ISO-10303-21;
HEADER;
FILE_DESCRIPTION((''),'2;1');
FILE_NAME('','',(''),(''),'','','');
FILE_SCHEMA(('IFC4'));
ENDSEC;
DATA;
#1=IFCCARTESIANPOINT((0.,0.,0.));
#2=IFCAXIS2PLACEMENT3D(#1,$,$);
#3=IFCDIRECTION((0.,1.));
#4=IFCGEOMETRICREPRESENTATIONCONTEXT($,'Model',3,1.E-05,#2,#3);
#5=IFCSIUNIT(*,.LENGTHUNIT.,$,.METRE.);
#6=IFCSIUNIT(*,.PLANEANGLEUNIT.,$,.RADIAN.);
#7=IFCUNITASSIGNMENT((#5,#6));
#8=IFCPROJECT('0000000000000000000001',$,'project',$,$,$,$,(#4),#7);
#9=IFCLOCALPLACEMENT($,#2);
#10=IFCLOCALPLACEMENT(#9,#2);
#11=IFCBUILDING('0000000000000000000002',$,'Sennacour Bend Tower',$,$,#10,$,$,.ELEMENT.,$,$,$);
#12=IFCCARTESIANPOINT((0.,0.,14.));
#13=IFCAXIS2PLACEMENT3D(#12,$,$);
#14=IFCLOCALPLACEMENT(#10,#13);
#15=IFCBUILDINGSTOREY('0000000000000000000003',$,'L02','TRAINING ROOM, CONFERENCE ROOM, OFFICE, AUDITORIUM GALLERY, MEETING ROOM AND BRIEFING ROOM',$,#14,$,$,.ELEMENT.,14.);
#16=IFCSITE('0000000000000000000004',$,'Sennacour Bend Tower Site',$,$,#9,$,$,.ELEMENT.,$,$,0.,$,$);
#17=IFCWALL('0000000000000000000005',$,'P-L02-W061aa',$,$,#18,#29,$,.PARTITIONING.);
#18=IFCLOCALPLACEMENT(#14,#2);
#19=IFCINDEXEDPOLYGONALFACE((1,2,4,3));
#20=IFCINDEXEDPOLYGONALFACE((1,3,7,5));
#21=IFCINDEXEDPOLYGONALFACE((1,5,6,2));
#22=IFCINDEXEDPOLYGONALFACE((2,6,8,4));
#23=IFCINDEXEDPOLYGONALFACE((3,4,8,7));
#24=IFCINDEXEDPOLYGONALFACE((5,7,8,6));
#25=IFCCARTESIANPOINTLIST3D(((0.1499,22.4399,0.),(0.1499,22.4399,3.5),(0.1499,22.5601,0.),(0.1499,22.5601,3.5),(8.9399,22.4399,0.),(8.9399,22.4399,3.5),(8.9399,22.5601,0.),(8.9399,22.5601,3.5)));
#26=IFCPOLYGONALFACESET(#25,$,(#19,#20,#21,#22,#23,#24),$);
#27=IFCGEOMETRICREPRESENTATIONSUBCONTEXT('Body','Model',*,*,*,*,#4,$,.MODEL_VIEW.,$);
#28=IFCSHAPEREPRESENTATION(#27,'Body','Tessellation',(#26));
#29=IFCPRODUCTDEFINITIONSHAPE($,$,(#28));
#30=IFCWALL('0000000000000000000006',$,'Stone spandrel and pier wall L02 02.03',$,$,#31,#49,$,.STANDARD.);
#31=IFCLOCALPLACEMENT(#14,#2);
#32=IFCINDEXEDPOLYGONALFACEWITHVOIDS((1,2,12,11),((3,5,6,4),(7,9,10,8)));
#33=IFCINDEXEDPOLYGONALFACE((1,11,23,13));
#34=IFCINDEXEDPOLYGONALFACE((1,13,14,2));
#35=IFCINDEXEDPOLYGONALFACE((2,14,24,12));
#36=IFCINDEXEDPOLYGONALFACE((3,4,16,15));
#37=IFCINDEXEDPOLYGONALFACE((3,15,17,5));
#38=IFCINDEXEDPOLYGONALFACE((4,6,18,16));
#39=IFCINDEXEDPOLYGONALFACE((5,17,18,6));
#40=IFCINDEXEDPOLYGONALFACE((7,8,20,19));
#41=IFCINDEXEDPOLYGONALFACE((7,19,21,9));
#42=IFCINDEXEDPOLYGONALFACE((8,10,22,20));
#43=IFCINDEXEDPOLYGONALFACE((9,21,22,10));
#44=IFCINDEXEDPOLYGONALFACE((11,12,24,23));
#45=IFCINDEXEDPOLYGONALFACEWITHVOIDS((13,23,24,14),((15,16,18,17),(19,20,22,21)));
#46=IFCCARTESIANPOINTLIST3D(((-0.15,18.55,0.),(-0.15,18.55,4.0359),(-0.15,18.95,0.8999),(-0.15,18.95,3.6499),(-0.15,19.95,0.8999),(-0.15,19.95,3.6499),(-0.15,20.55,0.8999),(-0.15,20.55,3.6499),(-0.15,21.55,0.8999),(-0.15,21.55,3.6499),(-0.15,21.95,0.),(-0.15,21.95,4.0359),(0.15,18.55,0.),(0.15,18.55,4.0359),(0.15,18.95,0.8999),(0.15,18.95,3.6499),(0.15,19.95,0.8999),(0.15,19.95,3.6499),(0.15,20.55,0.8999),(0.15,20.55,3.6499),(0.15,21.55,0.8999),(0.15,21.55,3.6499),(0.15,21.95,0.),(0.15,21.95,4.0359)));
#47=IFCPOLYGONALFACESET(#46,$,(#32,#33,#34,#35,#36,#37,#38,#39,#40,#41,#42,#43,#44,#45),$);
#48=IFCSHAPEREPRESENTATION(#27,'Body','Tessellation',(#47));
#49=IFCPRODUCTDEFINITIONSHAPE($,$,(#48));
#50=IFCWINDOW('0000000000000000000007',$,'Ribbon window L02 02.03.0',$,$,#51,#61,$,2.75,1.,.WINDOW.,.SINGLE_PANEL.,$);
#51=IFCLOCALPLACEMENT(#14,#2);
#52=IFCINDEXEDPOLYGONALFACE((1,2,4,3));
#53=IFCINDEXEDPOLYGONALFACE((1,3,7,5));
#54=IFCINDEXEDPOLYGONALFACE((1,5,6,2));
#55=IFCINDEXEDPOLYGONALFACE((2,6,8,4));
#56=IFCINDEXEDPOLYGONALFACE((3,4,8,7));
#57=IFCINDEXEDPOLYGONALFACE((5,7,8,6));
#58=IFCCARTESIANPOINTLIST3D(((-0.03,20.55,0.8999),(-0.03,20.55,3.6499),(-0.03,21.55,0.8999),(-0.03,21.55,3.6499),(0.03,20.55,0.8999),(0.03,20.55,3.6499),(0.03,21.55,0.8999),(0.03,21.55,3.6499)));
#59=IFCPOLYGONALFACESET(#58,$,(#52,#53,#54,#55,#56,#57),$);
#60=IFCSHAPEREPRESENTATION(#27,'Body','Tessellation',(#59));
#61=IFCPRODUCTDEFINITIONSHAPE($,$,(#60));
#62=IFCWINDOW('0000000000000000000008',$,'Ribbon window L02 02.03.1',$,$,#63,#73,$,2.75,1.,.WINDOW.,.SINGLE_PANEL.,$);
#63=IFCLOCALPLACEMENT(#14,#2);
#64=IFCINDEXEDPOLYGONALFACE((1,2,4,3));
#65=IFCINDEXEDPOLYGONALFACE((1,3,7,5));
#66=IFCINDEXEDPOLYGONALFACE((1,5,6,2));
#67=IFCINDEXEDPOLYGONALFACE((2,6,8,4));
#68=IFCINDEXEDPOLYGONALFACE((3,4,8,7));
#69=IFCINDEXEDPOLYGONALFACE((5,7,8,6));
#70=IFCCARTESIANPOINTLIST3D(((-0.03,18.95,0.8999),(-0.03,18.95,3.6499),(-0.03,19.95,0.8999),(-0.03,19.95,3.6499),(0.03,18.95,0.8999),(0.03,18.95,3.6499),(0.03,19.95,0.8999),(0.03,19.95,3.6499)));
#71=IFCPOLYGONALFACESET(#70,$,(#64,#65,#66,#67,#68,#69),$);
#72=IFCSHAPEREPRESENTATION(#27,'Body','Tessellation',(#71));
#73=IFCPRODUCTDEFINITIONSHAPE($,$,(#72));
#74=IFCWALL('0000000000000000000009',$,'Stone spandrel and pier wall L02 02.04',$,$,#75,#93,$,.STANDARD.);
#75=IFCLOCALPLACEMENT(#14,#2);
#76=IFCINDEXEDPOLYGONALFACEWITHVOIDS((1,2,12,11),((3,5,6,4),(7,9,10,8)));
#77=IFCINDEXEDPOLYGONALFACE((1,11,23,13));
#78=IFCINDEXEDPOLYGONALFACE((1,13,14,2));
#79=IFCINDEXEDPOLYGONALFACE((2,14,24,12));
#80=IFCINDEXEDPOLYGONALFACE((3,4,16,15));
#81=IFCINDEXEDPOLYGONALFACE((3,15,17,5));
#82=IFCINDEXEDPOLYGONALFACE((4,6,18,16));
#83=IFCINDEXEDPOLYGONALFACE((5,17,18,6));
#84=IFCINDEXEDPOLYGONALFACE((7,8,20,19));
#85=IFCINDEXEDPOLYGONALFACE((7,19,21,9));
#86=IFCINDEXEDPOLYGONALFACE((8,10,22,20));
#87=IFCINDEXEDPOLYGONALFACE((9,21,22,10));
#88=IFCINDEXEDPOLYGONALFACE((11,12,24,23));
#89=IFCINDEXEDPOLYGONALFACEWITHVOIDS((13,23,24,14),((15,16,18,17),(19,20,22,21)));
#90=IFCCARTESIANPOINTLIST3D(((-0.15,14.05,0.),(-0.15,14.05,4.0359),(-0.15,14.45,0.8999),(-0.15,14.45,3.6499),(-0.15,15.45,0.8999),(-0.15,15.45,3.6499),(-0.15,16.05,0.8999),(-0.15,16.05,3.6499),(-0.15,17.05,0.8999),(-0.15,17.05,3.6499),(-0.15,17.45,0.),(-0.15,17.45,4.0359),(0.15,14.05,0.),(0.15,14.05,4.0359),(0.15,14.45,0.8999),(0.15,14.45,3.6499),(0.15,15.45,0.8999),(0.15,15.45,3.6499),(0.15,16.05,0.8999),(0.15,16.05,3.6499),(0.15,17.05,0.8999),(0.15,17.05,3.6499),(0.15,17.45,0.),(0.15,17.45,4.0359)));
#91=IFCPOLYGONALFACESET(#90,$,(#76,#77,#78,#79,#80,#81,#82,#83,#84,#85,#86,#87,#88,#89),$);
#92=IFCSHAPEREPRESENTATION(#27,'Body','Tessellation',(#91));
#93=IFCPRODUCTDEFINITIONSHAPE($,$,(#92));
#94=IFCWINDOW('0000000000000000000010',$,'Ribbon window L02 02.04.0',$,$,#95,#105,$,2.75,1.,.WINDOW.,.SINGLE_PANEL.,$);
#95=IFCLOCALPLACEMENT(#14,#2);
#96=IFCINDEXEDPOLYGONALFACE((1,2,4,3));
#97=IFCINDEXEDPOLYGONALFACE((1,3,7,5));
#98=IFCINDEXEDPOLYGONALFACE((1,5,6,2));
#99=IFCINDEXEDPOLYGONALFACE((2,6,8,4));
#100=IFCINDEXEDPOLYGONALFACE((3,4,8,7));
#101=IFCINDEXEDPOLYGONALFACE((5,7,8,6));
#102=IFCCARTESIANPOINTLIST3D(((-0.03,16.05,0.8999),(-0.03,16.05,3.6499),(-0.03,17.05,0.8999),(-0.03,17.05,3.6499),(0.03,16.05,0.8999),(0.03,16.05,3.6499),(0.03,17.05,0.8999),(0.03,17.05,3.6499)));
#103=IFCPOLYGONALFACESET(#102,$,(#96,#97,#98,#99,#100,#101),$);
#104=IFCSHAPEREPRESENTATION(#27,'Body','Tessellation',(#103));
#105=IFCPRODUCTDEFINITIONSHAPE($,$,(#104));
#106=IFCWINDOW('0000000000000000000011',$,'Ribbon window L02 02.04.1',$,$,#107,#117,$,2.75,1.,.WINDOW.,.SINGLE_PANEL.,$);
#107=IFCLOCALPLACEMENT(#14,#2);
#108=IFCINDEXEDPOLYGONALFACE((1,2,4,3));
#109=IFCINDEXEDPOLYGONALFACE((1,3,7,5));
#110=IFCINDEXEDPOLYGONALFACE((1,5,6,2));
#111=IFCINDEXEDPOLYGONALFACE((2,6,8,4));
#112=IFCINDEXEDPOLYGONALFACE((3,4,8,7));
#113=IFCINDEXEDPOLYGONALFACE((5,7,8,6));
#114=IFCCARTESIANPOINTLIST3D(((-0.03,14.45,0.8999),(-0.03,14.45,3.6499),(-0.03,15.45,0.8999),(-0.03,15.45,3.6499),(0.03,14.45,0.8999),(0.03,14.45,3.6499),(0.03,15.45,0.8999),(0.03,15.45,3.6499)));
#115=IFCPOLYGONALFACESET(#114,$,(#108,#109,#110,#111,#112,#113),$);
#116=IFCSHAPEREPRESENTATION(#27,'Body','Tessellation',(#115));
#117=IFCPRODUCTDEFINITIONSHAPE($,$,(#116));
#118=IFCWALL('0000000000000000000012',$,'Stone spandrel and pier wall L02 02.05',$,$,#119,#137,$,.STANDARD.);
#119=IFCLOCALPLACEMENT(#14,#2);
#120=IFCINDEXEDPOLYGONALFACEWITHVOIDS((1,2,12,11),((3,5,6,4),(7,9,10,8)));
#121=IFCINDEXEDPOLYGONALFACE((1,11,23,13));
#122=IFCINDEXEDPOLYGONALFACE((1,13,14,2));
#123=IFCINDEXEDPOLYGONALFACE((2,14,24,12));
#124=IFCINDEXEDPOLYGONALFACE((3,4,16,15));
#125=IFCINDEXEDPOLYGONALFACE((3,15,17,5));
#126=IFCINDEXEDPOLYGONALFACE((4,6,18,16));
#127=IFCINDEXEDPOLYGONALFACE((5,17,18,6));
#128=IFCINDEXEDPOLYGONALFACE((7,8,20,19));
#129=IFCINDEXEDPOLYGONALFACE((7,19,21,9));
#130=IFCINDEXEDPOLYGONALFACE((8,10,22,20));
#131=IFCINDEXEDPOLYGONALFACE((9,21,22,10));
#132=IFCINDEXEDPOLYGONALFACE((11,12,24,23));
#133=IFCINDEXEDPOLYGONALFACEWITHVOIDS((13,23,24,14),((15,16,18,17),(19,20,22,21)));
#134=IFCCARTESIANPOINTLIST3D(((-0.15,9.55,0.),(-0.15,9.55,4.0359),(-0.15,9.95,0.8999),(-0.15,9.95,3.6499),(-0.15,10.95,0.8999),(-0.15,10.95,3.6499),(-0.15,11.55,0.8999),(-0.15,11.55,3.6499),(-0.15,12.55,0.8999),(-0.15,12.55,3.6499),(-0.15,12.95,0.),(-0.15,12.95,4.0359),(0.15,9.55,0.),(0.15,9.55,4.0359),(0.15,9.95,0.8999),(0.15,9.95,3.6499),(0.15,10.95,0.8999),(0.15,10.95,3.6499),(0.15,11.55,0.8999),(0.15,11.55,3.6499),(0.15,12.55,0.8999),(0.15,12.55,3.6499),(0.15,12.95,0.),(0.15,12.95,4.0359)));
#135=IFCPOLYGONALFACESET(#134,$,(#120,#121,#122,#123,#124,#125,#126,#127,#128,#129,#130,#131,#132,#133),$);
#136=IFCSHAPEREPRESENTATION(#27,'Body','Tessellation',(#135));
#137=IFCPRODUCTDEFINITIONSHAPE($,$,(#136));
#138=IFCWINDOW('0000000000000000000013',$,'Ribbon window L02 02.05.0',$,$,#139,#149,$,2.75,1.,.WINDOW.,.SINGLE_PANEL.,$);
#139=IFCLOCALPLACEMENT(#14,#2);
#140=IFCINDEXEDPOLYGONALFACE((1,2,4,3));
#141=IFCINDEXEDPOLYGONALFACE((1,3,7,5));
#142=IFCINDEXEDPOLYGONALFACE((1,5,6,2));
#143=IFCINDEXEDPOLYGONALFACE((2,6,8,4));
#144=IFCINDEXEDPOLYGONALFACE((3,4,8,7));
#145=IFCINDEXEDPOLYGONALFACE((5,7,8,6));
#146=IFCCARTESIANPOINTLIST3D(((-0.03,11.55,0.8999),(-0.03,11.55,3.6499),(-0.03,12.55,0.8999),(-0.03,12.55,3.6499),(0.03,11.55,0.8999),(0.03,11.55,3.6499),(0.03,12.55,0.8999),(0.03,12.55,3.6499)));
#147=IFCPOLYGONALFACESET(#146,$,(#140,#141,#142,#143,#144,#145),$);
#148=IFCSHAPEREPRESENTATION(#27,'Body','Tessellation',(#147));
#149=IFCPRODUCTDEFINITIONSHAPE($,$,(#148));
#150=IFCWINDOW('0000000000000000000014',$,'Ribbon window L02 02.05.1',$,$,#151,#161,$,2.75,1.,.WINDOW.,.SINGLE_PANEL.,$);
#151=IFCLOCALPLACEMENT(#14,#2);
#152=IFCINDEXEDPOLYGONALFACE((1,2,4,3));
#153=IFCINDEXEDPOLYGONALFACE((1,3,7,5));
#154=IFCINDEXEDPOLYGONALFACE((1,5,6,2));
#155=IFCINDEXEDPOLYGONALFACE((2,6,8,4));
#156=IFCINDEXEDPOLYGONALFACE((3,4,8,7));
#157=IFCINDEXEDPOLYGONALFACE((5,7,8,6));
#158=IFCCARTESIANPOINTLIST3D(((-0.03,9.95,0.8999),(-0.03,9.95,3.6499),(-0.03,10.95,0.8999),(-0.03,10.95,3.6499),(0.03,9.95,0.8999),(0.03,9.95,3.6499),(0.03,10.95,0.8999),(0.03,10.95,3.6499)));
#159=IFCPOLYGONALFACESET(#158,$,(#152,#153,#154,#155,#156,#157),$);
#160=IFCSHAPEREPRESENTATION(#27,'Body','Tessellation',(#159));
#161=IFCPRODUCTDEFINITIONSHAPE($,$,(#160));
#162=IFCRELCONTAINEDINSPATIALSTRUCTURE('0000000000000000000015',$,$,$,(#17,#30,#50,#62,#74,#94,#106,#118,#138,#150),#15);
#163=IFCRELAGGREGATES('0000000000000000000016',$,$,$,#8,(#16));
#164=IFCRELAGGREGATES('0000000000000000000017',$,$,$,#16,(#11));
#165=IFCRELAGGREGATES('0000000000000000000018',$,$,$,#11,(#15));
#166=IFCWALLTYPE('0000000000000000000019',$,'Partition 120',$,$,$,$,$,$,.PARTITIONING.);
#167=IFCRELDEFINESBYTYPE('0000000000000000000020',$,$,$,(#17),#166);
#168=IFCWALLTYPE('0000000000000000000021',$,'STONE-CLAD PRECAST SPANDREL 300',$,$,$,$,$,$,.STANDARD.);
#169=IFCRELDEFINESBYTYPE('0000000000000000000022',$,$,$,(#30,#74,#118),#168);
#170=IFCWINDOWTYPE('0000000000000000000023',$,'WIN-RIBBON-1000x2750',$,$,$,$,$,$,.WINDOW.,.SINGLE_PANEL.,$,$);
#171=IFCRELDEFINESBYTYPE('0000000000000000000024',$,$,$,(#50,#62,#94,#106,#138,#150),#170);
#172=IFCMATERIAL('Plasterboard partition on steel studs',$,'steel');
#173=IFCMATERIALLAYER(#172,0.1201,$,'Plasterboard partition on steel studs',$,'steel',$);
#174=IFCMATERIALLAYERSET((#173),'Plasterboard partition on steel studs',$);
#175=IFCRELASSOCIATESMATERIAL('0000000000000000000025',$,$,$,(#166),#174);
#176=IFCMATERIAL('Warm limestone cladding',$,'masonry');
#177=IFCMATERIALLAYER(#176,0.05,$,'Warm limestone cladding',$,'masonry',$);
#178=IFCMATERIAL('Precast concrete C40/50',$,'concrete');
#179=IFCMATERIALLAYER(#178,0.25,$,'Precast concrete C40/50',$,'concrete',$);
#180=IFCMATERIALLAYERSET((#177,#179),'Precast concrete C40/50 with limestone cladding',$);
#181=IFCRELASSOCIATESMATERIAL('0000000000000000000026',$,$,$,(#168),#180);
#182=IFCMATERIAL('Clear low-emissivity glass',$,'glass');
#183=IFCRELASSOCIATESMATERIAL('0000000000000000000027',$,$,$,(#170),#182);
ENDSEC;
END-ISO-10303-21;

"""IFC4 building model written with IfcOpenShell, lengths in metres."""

from ifc_helpers import new_model, si_unit, direction, frame, frame_2d, origin, place, context, subcontext, project, spatial, rectangle, extrude, material, layer, layer_set, type_object, element, fill, save


model = new_model("IFC4")

# Units and contexts
model_context = context("Model", 3, precision=1e-05, world=origin(), true_north=direction((0.0, 1.0)))
body_context = subcontext(model_context, "Body", "Model", "MODEL_VIEW")
ifc_project = project(units=[si_unit("LENGTHUNIT", "METRE"), si_unit("PLANEANGLEUNIT", "RADIAN")], contexts=[model_context])

# Site, building, storey
site_placement = place(None, origin())
site = spatial("IfcSite", under=ifc_project, at=site_placement, Name="Sennacour Bend Tower Site", CompositionType="ELEMENT", RefElevation=0.0)
building_placement = place(site_placement, origin())
building = spatial("IfcBuilding", under=site, at=building_placement, Name="Sennacour Bend Tower", CompositionType="ELEMENT")
storey_placement = place(building_placement, frame((0.0, 0.0, 14.0)))
storey = spatial("IfcBuildingStorey", under=building, at=storey_placement, Name="L02", Description="TRAINING ROOM, CONFERENCE ROOM, OFFICE, AUDITORIUM GALLERY, MEETING ROOM AND BRIEFING ROOM", CompositionType="ELEMENT", Elevation=14.0)

# Shared definitions
ifc_material_1 = material(Name="Plasterboard partition on steel studs", Category="steel")
ifc_layer_1 = layer(ifc_material_1, 0.1201, Name="Plasterboard partition on steel studs", Category="steel")
ifc_layer_set_1 = layer_set([ifc_layer_1], Name="Plasterboard partition on steel studs")
wall_type_1 = type_object("IfcWallType", Name="Partition 120", PredefinedType="PARTITIONING", material=ifc_layer_set_1)

# Wall
wall_1_placement = place(storey_placement, frame((0.1499, 22.5, 0.0), z_axis=(0.0, 0.0, 1.0), x_axis=(1.0, 0.0, 0.0)))
element("IfcWall", 1, at=wall_1_placement, inside=storey, type_object=wall_type_1, Name="P-L02-W061aa", PredefinedType="PARTITIONING", context=body_context, shape_type="SweptSolid", body=[
    extrude(rectangle(XDim=8.79, YDim=0.1201, at=frame_2d((4.395, 0.0))), origin(), (0.0, 0.0, 1.0), 3.5),
])

# Walls, openings, windows
ifc_material_2 = material(Name="Warm limestone cladding", Category="masonry")
ifc_layer_2 = layer(ifc_material_2, 0.05, Name="Warm limestone cladding", Category="masonry")
ifc_material_3 = material(Name="Precast concrete C40/50", Category="concrete")
ifc_layer_3 = layer(ifc_material_3, 0.25, Name="Precast concrete C40/50", Category="concrete")
ifc_layer_set_2 = layer_set([ifc_layer_2, ifc_layer_3], Name="Precast concrete C40/50 with limestone cladding")
wall_type_2 = type_object("IfcWallType", Name="STONE-CLAD PRECAST SPANDREL 300", PredefinedType="STANDARD", material=ifc_layer_set_2)
wall_2_placement = place(storey_placement, frame((0.0, 21.95, 0.0), z_axis=(0.0, 0.0, 1.0), x_axis=(0.0, -1.0, 0.0)))
wall_2 = element("IfcWall", 2, at=wall_2_placement, inside=storey, type_object=wall_type_2, Name="Stone spandrel and pier wall L02 02.03", PredefinedType="STANDARD", context=body_context, shape_type="SweptSolid", body=[
    extrude(rectangle(XDim=3.3999, YDim=0.3, at=frame_2d((1.7, 0.0))), origin(), (0.0, 0.0, 1.0), 4.0359),
])
opening_1_placement = place(wall_2_placement, frame((0.3999, 0.0, 0.8999)))
opening_1 = element("IfcOpeningElement", 3, at=opening_1_placement, cuts=wall_2, PredefinedType="OPENING", context=body_context, shape_type="SweptSolid", body=[
    extrude(rectangle(XDim=1.0, YDim=2.75, at=frame_2d((0.5, 1.375))), frame((0.0, 0.1602, 0.0), z_axis=(0.0, -1.0, 0.0), x_axis=(1.0, 0.0, 0.0)), (0.0, 0.0, 1.0), 0.3201),
])
opening_2_placement = place(wall_2_placement, frame((2.0, 0.0, 0.8999)))
opening_2 = element("IfcOpeningElement", 4, at=opening_2_placement, cuts=wall_2, PredefinedType="OPENING", context=body_context, shape_type="SweptSolid", body=[
    extrude(rectangle(XDim=1.0, YDim=2.75, at=frame_2d((0.5, 1.375))), frame((0.0, 0.1602, 0.0), z_axis=(0.0, -1.0, 0.0), x_axis=(1.0, 0.0, 0.0)), (0.0, 0.0, 1.0), 0.3201),
])
ifc_material_4 = material(Name="Clear low-emissivity glass", Category="glass")
window_type = type_object("IfcWindowType", Name="WIN-RIBBON-1000x2750", PartitioningType="SINGLE_PANEL", PredefinedType="WINDOW", material=ifc_material_4)
window_1_placement = place(opening_1_placement, origin())
window_1 = element("IfcWindow", 5, at=window_1_placement, inside=storey, type_object=window_type, Name="Ribbon window L02 02.03.0", OverallHeight=2.75, OverallWidth=1.0, PartitioningType="SINGLE_PANEL", PredefinedType="WINDOW", context=body_context, shape_type="SweptSolid", body=[
    extrude(rectangle(XDim=1.0, YDim=2.75, at=frame_2d((0.5, 1.375))), frame((0.0, 0.03, 0.0), z_axis=(0.0, -1.0, 0.0), x_axis=(1.0, 0.0, 0.0)), (0.0, 0.0, 1.0), 0.0601),
])
fill(opening_1, window_1)
window_2_placement = place(opening_2_placement, origin())
window_2 = element("IfcWindow", 6, at=window_2_placement, inside=storey, type_object=window_type, Name="Ribbon window L02 02.03.1", OverallHeight=2.75, OverallWidth=1.0, PartitioningType="SINGLE_PANEL", PredefinedType="WINDOW", context=body_context, shape_type="SweptSolid", body=[
    extrude(rectangle(XDim=1.0, YDim=2.75, at=frame_2d((0.5, 1.375))), frame((0.0, 0.03, 0.0), z_axis=(0.0, -1.0, 0.0), x_axis=(1.0, 0.0, 0.0)), (0.0, 0.0, 1.0), 0.0601),
])
fill(opening_2, window_2)
wall_3_placement = place(storey_placement, frame((0.0, 17.45, 0.0), z_axis=(0.0, 0.0, 1.0), x_axis=(0.0, -1.0, 0.0)))
wall_3 = element("IfcWall", 7, at=wall_3_placement, inside=storey, type_object=wall_type_2, Name="Stone spandrel and pier wall L02 02.04", PredefinedType="STANDARD", context=body_context, shape_type="SweptSolid", body=[
    extrude(rectangle(XDim=3.3999, YDim=0.3, at=frame_2d((1.7, 0.0))), origin(), (0.0, 0.0, 1.0), 4.0359),
])
opening_3_placement = place(wall_3_placement, frame((0.3999, 0.0, 0.8999)))
opening_3 = element("IfcOpeningElement", 8, at=opening_3_placement, cuts=wall_3, PredefinedType="OPENING", context=body_context, shape_type="SweptSolid", body=[
    extrude(rectangle(XDim=1.0, YDim=2.75, at=frame_2d((0.5, 1.375))), frame((0.0, 0.1602, 0.0), z_axis=(0.0, -1.0, 0.0), x_axis=(1.0, 0.0, 0.0)), (0.0, 0.0, 1.0), 0.3201),
])
opening_4_placement = place(wall_3_placement, frame((2.0, 0.0, 0.8999)))
opening_4 = element("IfcOpeningElement", 9, at=opening_4_placement, cuts=wall_3, PredefinedType="OPENING", context=body_context, shape_type="SweptSolid", body=[
    extrude(rectangle(XDim=1.0, YDim=2.75, at=frame_2d((0.5, 1.375))), frame((0.0, 0.1602, 0.0), z_axis=(0.0, -1.0, 0.0), x_axis=(1.0, 0.0, 0.0)), (0.0, 0.0, 1.0), 0.3201),
])
window_3_placement = place(opening_3_placement, origin())
window_3 = element("IfcWindow", 10, at=window_3_placement, inside=storey, type_object=window_type, Name="Ribbon window L02 02.04.0", OverallHeight=2.75, OverallWidth=1.0, PartitioningType="SINGLE_PANEL", PredefinedType="WINDOW", context=body_context, shape_type="SweptSolid", body=[
    extrude(rectangle(XDim=1.0, YDim=2.75, at=frame_2d((0.5, 1.375))), frame((0.0, 0.03, 0.0), z_axis=(0.0, -1.0, 0.0), x_axis=(1.0, 0.0, 0.0)), (0.0, 0.0, 1.0), 0.0601),
])
fill(opening_3, window_3)
window_4_placement = place(opening_4_placement, origin())
window_4 = element("IfcWindow", 11, at=window_4_placement, inside=storey, type_object=window_type, Name="Ribbon window L02 02.04.1", OverallHeight=2.75, OverallWidth=1.0, PartitioningType="SINGLE_PANEL", PredefinedType="WINDOW", context=body_context, shape_type="SweptSolid", body=[
    extrude(rectangle(XDim=1.0, YDim=2.75, at=frame_2d((0.5, 1.375))), frame((0.0, 0.03, 0.0), z_axis=(0.0, -1.0, 0.0), x_axis=(1.0, 0.0, 0.0)), (0.0, 0.0, 1.0), 0.0601),
])
fill(opening_4, window_4)
wall_4_placement = place(storey_placement, frame((0.0, 12.95, 0.0), z_axis=(0.0, 0.0, 1.0), x_axis=(0.0, -1.0, 0.0)))
wall_4 = element("IfcWall", 12, at=wall_4_placement, inside=storey, type_object=wall_type_2, Name="Stone spandrel and pier wall L02 02.05", PredefinedType="STANDARD", context=body_context, shape_type="SweptSolid", body=[
    extrude(rectangle(XDim=3.3999, YDim=0.3, at=frame_2d((1.7, 0.0))), origin(), (0.0, 0.0, 1.0), 4.0359),
])
opening_5_placement = place(wall_4_placement, frame((0.3999, 0.0, 0.8999)))
opening_5 = element("IfcOpeningElement", 13, at=opening_5_placement, cuts=wall_4, PredefinedType="OPENING", context=body_context, shape_type="SweptSolid", body=[
    extrude(rectangle(XDim=1.0, YDim=2.75, at=frame_2d((0.5, 1.375))), frame((0.0, 0.1602, 0.0), z_axis=(0.0, -1.0, 0.0), x_axis=(1.0, 0.0, 0.0)), (0.0, 0.0, 1.0), 0.3201),
])
opening_6_placement = place(wall_4_placement, frame((2.0, 0.0, 0.8999)))
opening_6 = element("IfcOpeningElement", 14, at=opening_6_placement, cuts=wall_4, PredefinedType="OPENING", context=body_context, shape_type="SweptSolid", body=[
    extrude(rectangle(XDim=1.0, YDim=2.75, at=frame_2d((0.5, 1.375))), frame((0.0, 0.1602, 0.0), z_axis=(0.0, -1.0, 0.0), x_axis=(1.0, 0.0, 0.0)), (0.0, 0.0, 1.0), 0.3201),
])
window_5_placement = place(opening_5_placement, origin())
window_5 = element("IfcWindow", 15, at=window_5_placement, inside=storey, type_object=window_type, Name="Ribbon window L02 02.05.0", OverallHeight=2.75, OverallWidth=1.0, PartitioningType="SINGLE_PANEL", PredefinedType="WINDOW", context=body_context, shape_type="SweptSolid", body=[
    extrude(rectangle(XDim=1.0, YDim=2.75, at=frame_2d((0.5, 1.375))), frame((0.0, 0.03, 0.0), z_axis=(0.0, -1.0, 0.0), x_axis=(1.0, 0.0, 0.0)), (0.0, 0.0, 1.0), 0.0601),
])
fill(opening_5, window_5)
window_6_placement = place(opening_6_placement, origin())
window_6 = element("IfcWindow", 16, at=window_6_placement, inside=storey, type_object=window_type, Name="Ribbon window L02 02.05.1", OverallHeight=2.75, OverallWidth=1.0, PartitioningType="SINGLE_PANEL", PredefinedType="WINDOW", context=body_context, shape_type="SweptSolid", body=[
    extrude(rectangle(XDim=1.0, YDim=2.75, at=frame_2d((0.5, 1.375))), frame((0.0, 0.03, 0.0), z_axis=(0.0, -1.0, 0.0), x_axis=(1.0, 0.0, 0.0)), (0.0, 0.0, 1.0), 0.0601),
])
fill(opening_6, window_6)

save(model, "model.ifc")
